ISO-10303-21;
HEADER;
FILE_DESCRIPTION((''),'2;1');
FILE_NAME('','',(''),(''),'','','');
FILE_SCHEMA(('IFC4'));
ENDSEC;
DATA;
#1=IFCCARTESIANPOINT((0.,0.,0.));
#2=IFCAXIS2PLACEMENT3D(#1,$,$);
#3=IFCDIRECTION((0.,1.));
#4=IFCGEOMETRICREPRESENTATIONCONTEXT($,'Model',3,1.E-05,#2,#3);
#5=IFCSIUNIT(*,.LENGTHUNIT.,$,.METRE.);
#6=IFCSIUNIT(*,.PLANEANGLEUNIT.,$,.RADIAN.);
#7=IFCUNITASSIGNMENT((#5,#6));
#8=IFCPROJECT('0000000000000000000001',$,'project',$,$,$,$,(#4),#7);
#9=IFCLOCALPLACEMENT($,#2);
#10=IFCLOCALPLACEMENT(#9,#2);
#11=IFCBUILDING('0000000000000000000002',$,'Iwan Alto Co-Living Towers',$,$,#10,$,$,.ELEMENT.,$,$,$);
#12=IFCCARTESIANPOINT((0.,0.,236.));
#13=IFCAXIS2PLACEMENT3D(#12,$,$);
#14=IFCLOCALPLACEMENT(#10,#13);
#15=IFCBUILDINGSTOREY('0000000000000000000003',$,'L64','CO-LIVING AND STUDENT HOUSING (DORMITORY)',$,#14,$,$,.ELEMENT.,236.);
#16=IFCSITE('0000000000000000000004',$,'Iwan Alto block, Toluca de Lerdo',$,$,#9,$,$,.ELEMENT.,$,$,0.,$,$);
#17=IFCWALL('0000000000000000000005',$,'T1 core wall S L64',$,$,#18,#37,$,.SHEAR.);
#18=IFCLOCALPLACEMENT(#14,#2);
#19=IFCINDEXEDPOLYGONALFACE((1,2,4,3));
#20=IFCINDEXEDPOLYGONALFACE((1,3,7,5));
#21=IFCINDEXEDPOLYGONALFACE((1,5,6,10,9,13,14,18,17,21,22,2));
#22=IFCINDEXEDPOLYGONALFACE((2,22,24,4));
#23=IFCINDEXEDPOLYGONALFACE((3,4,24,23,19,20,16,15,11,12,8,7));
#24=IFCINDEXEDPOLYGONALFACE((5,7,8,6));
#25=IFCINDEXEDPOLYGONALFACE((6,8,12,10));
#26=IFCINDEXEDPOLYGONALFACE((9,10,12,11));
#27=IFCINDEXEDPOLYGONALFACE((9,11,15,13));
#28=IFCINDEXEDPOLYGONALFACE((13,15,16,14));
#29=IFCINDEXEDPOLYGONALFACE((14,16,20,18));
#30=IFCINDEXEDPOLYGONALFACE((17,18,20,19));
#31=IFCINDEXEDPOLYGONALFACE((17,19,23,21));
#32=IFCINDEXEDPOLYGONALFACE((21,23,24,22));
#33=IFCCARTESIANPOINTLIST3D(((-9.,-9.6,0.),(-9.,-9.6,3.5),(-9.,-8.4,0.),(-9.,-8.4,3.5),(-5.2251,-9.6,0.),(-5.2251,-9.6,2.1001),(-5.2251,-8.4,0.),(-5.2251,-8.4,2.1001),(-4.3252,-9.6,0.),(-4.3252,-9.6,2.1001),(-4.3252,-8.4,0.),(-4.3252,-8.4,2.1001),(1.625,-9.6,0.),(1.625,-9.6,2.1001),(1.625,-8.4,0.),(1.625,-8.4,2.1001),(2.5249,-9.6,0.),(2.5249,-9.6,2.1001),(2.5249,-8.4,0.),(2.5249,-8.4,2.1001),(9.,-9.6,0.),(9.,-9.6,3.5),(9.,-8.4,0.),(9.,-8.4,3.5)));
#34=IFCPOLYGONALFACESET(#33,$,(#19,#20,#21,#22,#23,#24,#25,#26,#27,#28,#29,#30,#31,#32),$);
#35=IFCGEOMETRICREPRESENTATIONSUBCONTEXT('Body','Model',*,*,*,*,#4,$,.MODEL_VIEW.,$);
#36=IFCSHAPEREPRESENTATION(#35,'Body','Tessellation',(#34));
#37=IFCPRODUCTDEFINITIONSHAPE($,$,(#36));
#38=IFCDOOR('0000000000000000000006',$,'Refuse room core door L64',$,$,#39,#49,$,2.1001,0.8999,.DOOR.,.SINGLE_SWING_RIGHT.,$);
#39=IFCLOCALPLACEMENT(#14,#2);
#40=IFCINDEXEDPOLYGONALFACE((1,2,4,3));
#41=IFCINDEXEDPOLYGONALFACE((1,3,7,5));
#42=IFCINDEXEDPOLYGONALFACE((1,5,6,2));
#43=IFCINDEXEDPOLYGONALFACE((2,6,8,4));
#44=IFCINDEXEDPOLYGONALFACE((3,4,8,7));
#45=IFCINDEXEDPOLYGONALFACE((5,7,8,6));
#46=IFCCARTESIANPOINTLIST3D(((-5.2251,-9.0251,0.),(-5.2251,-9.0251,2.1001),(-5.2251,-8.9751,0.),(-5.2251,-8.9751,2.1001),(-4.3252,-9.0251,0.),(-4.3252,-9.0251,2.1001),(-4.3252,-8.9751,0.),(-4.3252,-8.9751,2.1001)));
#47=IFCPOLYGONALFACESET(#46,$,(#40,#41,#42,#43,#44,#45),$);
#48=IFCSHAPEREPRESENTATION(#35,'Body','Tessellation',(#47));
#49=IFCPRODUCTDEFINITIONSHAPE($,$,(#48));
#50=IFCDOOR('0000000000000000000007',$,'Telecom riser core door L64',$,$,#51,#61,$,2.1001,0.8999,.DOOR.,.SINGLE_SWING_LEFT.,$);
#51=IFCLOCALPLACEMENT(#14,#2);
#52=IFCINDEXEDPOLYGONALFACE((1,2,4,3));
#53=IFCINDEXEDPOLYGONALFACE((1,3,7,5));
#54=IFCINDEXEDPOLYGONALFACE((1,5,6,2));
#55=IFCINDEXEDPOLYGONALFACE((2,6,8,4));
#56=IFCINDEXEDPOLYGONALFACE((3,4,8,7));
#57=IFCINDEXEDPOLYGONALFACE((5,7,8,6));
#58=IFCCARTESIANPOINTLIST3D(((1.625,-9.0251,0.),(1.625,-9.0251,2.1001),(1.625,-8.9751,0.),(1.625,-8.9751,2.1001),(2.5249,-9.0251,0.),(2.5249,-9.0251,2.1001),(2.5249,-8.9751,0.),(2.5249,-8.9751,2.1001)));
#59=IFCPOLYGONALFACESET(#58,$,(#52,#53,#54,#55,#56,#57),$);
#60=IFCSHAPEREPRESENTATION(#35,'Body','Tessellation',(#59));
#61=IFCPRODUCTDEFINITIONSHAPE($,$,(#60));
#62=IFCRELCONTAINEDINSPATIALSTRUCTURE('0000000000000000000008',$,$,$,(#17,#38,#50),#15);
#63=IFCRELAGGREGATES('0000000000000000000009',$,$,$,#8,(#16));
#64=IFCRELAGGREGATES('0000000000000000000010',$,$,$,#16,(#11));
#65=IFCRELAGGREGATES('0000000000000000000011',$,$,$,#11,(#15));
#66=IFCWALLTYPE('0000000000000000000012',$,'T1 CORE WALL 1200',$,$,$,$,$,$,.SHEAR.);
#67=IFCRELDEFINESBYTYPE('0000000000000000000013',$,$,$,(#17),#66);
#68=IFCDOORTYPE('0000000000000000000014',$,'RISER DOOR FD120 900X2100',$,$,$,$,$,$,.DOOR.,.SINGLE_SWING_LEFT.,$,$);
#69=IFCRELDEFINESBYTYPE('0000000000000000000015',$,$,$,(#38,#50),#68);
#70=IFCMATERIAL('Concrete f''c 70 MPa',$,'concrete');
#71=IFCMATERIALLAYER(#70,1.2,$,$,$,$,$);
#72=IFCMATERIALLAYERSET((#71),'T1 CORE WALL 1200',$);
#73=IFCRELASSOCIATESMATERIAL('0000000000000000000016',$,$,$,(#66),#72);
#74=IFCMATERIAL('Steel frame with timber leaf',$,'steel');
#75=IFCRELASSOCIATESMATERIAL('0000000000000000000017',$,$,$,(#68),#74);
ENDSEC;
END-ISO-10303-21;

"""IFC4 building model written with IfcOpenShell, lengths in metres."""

from ifc_helpers import new_model, si_unit, direction, frame, frame_2d, origin, place, context, subcontext, project, spatial, rectangle, extrude, material, layer, layer_set, type_object, element, fill, save


model = new_model("IFC4")

# Units and contexts
model_context = context("Model", 3, precision=1e-05, world=origin(), true_north=direction((0.0, 1.0)))
body_context = subcontext(model_context, "Body", "Model", "MODEL_VIEW")
ifc_project = project(units=[si_unit("LENGTHUNIT", "METRE"), si_unit("PLANEANGLEUNIT", "RADIAN")], contexts=[model_context])

# Site, building, storey
site_placement = place(None, origin())
site = spatial("IfcSite", under=ifc_project, at=site_placement, Name="Iwan Alto block, Toluca de Lerdo", CompositionType="ELEMENT", RefElevation=0.0)
building_placement = place(site_placement, origin())
building = spatial("IfcBuilding", under=site, at=building_placement, Name="Iwan Alto Co-Living Towers", CompositionType="ELEMENT")
storey_placement = place(building_placement, frame((0.0, 0.0, 236.0)))
storey = spatial("IfcBuildingStorey", under=building, at=storey_placement, Name="L64", Description="CO-LIVING AND STUDENT HOUSING (DORMITORY)", CompositionType="ELEMENT", Elevation=236.0)

# Wall, openings, doors
ifc_material_1 = material(Name="Concrete f'c 70 MPa", Category="concrete")
ifc_layer_1 = layer(ifc_material_1, 1.2)
ifc_layer_set_1 = layer_set([ifc_layer_1], Name="T1 CORE WALL 1200")
wall_type_1 = type_object("IfcWallType", Name="T1 CORE WALL 1200", PredefinedType="SHEAR", material=ifc_layer_set_1)
wall_1_placement = place(storey_placement, frame((-9.0, -9.0, 0.0), z_axis=(0.0, 0.0, 1.0), x_axis=(1.0, 0.0, 0.0)))
wall_1 = element("IfcWall", 1, at=wall_1_placement, inside=storey, type_object=wall_type_1, Name="T1 core wall S L64", PredefinedType="SHEAR", context=body_context, shape_type="SweptSolid", body=[
    extrude(rectangle(XDim=18.0, YDim=1.2, at=frame_2d((9.0, 0.0))), origin(), (0.0, 0.0, 1.0), 3.5),
])
opening_1_placement = place(wall_1_placement, frame((3.7749, 0.0, 0.0)))
opening_1 = element("IfcOpeningElement", 2, at=opening_1_placement, cuts=wall_1, PredefinedType="OPENING", context=body_context, shape_type="SweptSolid", body=[
    extrude(rectangle(XDim=0.8999, YDim=2.1001, at=frame_2d((0.45, 1.05))), frame((0.0, 0.6099, 0.0), z_axis=(0.0, -1.0, 0.0), x_axis=(1.0, 0.0, 0.0)), (0.0, 0.0, 1.0), 1.22),
])
opening_2_placement = place(wall_1_placement, frame((10.625, 0.0, 0.0)))
opening_2 = element("IfcOpeningElement", 3, at=opening_2_placement, cuts=wall_1, PredefinedType="OPENING", context=body_context, shape_type="SweptSolid", body=[
    extrude(rectangle(XDim=0.8999, YDim=2.1001, at=frame_2d((0.45, 1.05))), frame((0.0, 0.6099, 0.0), z_axis=(0.0, -1.0, 0.0), x_axis=(1.0, 0.0, 0.0)), (0.0, 0.0, 1.0), 1.22),
])
ifc_material_2 = material(Name="Steel frame with timber leaf", Category="steel")
door_type_1 = type_object("IfcDoorType", Name="RISER DOOR FD120 900X2100", OperationType="SINGLE_SWING_LEFT", PredefinedType="DOOR", material=ifc_material_2)
door_1_placement = place(opening_1_placement, origin())
door_1 = element("IfcDoor", 4, at=door_1_placement, inside=storey, type_object=door_type_1, Name="Refuse room core door L64", OperationType="SINGLE_SWING_RIGHT", OverallHeight=2.1001, OverallWidth=0.8999, PredefinedType="DOOR", context=body_context, shape_type="SweptSolid", body=[
    extrude(rectangle(XDim=0.8999, YDim=2.1001, at=frame_2d((0.45, 1.05))), frame((0.0, 0.0249, 0.0), z_axis=(0.0, -1.0, 0.0), x_axis=(1.0, 0.0, 0.0)), (0.0, 0.0, 1.0), 0.05),
])
fill(opening_1, door_1)
door_2_placement = place(opening_2_placement, origin())
door_2 = element("IfcDoor", 5, at=door_2_placement, inside=storey, type_object=door_type_1, Name="Telecom riser core door L64", OperationType="SINGLE_SWING_LEFT", OverallHeight=2.1001, OverallWidth=0.8999, PredefinedType="DOOR", context=body_context, shape_type="SweptSolid", body=[
    extrude(rectangle(XDim=0.8999, YDim=2.1001, at=frame_2d((0.45, 1.05))), frame((0.0, 0.0249, 0.0), z_axis=(0.0, -1.0, 0.0), x_axis=(1.0, 0.0, 0.0)), (0.0, 0.0, 1.0), 0.05),
])
fill(opening_2, door_2)

save(model, "model.ifc")
